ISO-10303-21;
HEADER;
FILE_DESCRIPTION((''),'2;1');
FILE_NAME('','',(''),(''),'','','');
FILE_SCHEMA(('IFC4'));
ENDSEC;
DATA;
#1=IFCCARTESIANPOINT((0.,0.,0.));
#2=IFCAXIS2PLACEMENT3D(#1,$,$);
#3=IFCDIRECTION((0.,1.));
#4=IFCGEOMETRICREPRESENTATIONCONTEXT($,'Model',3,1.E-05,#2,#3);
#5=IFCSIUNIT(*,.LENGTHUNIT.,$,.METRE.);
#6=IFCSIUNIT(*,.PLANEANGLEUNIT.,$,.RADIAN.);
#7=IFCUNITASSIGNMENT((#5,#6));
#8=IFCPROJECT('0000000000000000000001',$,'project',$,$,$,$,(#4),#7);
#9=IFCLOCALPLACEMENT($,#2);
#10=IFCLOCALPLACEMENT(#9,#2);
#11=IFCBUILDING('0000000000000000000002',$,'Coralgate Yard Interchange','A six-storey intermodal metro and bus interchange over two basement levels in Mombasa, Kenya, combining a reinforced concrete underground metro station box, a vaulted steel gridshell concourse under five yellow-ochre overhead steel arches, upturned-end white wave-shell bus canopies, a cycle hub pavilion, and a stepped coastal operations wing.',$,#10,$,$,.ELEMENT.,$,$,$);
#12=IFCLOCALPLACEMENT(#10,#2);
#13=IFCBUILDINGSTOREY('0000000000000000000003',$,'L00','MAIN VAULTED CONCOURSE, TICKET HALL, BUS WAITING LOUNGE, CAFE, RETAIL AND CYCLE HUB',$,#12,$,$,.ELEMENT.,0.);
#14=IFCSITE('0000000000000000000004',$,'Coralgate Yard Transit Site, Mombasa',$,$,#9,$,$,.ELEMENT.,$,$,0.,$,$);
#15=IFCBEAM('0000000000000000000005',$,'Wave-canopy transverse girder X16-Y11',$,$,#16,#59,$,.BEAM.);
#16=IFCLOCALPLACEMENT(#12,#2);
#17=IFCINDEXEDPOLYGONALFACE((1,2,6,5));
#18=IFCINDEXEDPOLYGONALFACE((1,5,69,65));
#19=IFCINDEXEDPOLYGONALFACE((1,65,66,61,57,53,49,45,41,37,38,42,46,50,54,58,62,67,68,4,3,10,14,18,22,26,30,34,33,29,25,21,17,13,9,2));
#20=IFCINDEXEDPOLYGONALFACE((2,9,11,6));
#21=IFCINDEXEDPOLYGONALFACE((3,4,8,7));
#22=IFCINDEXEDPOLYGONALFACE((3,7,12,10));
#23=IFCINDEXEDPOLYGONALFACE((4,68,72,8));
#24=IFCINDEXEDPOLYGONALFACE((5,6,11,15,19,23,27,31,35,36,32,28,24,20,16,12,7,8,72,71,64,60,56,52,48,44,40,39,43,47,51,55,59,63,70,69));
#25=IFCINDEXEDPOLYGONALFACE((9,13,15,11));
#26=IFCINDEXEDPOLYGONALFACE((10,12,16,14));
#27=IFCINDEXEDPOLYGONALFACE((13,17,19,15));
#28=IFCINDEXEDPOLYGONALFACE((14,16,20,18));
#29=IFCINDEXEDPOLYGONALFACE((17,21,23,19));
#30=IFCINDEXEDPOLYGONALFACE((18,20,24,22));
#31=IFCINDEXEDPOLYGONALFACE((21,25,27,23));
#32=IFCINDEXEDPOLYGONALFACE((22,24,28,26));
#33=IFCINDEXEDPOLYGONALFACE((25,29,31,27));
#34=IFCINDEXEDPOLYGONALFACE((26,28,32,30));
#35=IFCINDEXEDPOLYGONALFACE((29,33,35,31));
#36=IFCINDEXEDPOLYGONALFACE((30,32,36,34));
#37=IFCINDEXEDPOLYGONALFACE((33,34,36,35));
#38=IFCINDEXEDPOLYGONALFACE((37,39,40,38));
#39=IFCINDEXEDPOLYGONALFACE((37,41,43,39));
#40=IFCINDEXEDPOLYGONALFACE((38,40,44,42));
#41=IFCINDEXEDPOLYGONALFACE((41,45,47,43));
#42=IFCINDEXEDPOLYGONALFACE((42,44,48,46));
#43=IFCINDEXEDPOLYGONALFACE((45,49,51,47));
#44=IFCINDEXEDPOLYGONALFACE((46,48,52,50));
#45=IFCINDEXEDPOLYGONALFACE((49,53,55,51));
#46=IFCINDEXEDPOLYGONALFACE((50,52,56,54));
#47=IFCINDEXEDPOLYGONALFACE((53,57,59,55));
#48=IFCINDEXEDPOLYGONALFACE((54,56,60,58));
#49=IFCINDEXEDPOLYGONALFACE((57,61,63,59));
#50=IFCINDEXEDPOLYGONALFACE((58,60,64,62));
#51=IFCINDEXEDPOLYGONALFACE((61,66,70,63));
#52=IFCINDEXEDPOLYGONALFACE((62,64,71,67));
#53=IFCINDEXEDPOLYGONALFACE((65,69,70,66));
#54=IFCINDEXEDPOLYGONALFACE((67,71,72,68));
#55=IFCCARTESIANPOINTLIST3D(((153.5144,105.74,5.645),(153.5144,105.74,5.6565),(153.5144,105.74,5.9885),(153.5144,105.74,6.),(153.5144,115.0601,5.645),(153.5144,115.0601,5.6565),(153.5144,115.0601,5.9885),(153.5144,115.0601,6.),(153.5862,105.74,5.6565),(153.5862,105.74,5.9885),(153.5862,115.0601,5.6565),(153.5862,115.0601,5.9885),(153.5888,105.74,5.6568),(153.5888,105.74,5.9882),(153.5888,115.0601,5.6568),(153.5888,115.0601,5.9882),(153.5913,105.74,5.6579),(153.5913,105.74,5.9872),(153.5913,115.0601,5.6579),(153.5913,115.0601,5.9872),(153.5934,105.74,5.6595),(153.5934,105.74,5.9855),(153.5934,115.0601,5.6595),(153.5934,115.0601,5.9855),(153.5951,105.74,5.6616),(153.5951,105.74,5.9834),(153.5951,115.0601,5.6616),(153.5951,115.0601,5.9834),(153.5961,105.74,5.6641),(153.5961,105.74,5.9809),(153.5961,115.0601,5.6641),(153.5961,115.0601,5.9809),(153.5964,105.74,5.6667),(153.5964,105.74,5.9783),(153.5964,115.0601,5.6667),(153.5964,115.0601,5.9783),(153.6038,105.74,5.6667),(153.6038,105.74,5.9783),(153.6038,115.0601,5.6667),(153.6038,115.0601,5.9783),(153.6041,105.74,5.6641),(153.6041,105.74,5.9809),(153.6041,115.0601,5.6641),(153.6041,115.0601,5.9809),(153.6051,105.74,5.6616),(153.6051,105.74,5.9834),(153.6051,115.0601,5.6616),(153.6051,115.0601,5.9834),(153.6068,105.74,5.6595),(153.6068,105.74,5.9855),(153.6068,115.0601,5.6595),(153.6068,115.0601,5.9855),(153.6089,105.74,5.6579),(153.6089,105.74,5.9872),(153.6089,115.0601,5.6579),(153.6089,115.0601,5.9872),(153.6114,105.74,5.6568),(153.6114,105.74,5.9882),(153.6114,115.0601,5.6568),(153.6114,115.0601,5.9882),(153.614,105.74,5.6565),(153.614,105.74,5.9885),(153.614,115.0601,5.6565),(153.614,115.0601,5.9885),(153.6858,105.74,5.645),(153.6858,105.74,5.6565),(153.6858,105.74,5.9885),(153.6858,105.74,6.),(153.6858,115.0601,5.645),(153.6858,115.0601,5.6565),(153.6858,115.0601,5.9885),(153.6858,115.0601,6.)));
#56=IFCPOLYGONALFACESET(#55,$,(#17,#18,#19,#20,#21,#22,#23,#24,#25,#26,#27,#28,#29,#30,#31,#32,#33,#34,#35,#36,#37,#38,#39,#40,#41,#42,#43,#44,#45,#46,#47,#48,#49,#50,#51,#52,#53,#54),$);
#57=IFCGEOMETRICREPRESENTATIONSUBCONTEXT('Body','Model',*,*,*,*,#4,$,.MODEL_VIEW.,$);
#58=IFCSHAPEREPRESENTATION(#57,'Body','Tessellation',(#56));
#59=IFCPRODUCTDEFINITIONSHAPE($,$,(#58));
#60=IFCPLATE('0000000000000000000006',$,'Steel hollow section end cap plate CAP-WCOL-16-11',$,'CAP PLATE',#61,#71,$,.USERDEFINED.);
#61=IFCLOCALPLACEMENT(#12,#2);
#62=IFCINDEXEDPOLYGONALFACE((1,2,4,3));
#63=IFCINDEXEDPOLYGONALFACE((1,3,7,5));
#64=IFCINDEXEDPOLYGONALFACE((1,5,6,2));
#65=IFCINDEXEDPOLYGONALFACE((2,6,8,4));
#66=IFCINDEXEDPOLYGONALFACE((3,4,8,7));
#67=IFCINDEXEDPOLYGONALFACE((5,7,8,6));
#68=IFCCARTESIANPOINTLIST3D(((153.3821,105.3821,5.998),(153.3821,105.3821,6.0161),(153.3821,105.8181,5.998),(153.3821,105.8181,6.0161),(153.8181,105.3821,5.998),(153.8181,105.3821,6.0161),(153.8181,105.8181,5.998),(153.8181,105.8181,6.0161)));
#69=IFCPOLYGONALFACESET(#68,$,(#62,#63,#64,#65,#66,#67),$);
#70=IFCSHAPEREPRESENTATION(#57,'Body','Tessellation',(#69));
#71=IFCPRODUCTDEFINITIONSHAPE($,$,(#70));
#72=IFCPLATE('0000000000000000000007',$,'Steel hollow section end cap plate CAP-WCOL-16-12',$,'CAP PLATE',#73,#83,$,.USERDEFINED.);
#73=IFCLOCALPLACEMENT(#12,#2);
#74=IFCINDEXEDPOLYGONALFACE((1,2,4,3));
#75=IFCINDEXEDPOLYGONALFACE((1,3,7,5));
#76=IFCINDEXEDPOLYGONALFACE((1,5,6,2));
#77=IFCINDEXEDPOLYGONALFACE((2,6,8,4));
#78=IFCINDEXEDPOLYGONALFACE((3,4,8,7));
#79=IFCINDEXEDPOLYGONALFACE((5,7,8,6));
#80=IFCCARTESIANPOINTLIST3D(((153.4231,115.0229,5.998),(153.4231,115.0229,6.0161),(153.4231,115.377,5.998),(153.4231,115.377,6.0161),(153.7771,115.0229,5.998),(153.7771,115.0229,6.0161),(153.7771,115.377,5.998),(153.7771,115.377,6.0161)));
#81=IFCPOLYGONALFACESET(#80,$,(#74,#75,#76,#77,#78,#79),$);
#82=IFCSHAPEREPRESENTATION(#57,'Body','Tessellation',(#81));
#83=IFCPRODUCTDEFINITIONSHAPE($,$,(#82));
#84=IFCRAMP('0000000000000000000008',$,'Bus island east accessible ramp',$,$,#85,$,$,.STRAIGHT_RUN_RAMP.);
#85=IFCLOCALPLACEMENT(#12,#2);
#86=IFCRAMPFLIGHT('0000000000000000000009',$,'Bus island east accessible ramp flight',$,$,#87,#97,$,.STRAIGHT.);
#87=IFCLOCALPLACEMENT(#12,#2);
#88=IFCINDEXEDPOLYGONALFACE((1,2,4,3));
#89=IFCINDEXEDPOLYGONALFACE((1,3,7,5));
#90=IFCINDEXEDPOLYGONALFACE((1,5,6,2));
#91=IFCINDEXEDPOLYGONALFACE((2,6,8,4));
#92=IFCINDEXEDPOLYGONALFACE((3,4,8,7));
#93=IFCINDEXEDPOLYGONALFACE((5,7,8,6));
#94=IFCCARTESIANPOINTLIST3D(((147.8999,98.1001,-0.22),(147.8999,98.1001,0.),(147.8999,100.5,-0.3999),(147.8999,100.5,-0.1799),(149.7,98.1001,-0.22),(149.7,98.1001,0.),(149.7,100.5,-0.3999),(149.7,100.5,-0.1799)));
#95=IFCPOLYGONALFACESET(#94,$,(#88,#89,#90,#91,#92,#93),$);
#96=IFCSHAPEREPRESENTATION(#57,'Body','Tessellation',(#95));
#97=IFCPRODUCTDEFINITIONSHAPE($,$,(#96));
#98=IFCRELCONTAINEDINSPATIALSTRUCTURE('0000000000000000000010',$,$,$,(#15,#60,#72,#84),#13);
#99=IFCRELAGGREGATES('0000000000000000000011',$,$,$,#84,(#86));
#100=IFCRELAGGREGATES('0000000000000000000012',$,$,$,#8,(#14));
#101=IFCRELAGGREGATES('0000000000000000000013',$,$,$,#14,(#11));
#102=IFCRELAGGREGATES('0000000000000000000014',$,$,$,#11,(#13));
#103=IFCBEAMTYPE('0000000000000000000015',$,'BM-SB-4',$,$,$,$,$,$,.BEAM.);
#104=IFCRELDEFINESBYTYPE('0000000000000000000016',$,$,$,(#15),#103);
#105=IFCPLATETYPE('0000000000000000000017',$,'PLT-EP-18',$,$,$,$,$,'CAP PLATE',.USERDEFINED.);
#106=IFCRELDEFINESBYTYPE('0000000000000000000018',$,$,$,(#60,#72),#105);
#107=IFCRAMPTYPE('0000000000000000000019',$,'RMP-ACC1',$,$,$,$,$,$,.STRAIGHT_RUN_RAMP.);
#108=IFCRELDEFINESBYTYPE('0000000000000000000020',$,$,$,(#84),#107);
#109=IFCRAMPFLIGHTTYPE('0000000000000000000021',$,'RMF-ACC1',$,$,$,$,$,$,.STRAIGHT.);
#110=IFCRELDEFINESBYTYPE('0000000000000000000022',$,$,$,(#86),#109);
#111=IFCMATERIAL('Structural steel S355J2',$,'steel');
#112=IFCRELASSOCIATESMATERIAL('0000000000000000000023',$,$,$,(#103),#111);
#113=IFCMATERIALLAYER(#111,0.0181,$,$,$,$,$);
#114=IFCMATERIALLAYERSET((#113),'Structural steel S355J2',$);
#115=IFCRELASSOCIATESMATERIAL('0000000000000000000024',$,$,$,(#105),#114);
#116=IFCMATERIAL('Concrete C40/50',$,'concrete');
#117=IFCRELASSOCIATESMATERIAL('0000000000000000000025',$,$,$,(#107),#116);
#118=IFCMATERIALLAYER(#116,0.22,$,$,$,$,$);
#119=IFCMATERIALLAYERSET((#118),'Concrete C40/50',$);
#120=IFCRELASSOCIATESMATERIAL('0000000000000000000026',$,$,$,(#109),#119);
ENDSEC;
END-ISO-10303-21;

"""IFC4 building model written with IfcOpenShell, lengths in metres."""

from ifc_helpers import new_model, si_unit, direction, frame, origin, origin_2d, place, context, subcontext, project, spatial, polyline, rectangle, i_section, outline, extrude, material, layer, layer_set, material_profile, profile_set, type_object, element, aggregate, save


model = new_model("IFC4")

# Units and contexts
model_context = context("Model", 3, precision=1e-05, world=origin(), true_north=direction((0.0, 1.0)))
body_context = subcontext(model_context, "Body", "Model", "MODEL_VIEW")
ifc_project = project(units=[si_unit("LENGTHUNIT", "METRE"), si_unit("PLANEANGLEUNIT", "RADIAN")], contexts=[model_context])

# Site, building, storey
site_placement = place(None, origin())
site = spatial("IfcSite", under=ifc_project, at=site_placement, Name="Coralgate Yard Transit Site, Mombasa", CompositionType="ELEMENT", RefElevation=0.0)
building_placement = place(site_placement, origin())
building = spatial("IfcBuilding", under=site, at=building_placement, Name="Coralgate Yard Interchange", Description="A six-storey intermodal metro and bus interchange over two basement levels in Mombasa, Kenya, combining a reinforced concrete underground metro station box, a vaulted steel gridshell concourse under five yellow-ochre overhead steel arches, upturned-end white wave-shell bus canopies, a cycle hub pavilion, and a stepped coastal operations wing.", CompositionType="ELEMENT")
storey_placement = place(building_placement, origin())
storey = spatial("IfcBuildingStorey", under=building, at=storey_placement, Name="L00", Description="MAIN VAULTED CONCOURSE, TICKET HALL, BUS WAITING LOUNGE, CAFE, RETAIL AND CYCLE HUB", CompositionType="ELEMENT", Elevation=0.0)

# Shared definitions
ifc_material_1 = material(Name="Concrete C40/50", Category="concrete")

# Shared definitions
ifc_material_2 = material(Name="Structural steel S355J2", Category="steel")

# Beam
ifc_material_profile_1 = material_profile(ifc_material_2, i_section(OverallWidth=0.1714, OverallDepth=0.355, WebThickness=0.0073, FlangeThickness=0.0115, FilletRadius=0.0103, at=origin_2d()), Name="UB 356x171x51")
ifc_profile_set_1 = profile_set([ifc_material_profile_1], Name="Structural steel S355J2")
beam_type_1 = type_object("IfcBeamType", Name="BM-SB-4", PredefinedType="BEAM", material=ifc_profile_set_1)
for number, where, z_axis, x_axis, name in (
    (1, (153.6001, 105.74, 5.8225), (0.0, 1.0, 0.0), (-1.0, 0.0, 0.0), "Wave-canopy transverse girder X16-Y11"),
):
    element("IfcBeam", number, at=place(storey_placement, frame(where, z_axis=z_axis, x_axis=x_axis)), inside=storey, type_object=beam_type_1, Name=name, PredefinedType="BEAM", context=body_context, shape_type="SweptSolid", body=[
        extrude(i_section(OverallWidth=0.1714, OverallDepth=0.355, WebThickness=0.0073, FlangeThickness=0.0115, FilletRadius=0.0103, at=origin_2d()), origin(), (0.0, 0.0, 1.0), 9.3201),
    ])

# Plates
ifc_layer_1 = layer(ifc_material_2, 0.0181)
ifc_layer_set_1 = layer_set([ifc_layer_1], Name="Structural steel S355J2")
plate_type = type_object("IfcPlateType", Name="PLT-EP-18", ElementType="CAP PLATE", PredefinedType="USERDEFINED", material=ifc_layer_set_1)
plate_1_placement = place(storey_placement, frame((153.6001, 105.6001, 5.998), z_axis=(0.0, 0.0, 1.0), x_axis=(1.0, 0.0, 0.0)))
element("IfcPlate", 2, at=plate_1_placement, inside=storey, type_object=plate_type, Name="Steel hollow section end cap plate CAP-WCOL-16-11", ObjectType="CAP PLATE", PredefinedType="USERDEFINED", context=body_context, shape_type="SweptSolid", body=[
    extrude(rectangle(XDim=0.436, YDim=0.436, at=origin_2d()), origin(), (0.0, 0.0, 1.0), 0.0181),
])
plate_2_placement = place(storey_placement, frame((153.6001, 115.2, 5.998), z_axis=(0.0, 0.0, 1.0), x_axis=(1.0, 0.0, 0.0)))
element("IfcPlate", 3, at=plate_2_placement, inside=storey, type_object=plate_type, Name="Steel hollow section end cap plate CAP-WCOL-16-12", ObjectType="CAP PLATE", PredefinedType="USERDEFINED", context=body_context, shape_type="SweptSolid", body=[
    extrude(rectangle(XDim=0.354, YDim=0.354, at=origin_2d()), origin(), (0.0, 0.0, 1.0), 0.0181),
])

# Ramp, ramp flight
ramp_type = type_object("IfcRampType", Name="RMP-ACC1", PredefinedType="STRAIGHT_RUN_RAMP", material=ifc_material_1)
ramp_placement = place(storey_placement, origin())
ramp = element("IfcRamp", 4, at=ramp_placement, inside=storey, type_object=ramp_type, Name="Bus island east accessible ramp", PredefinedType="STRAIGHT_RUN_RAMP")
ifc_layer_2 = layer(ifc_material_1, 0.22)
ifc_layer_set_2 = layer_set([ifc_layer_2], Name="Concrete C40/50")
ramp_flight_type = type_object("IfcRampFlightType", Name="RMF-ACC1", PredefinedType="STRAIGHT", material=ifc_layer_set_2)
ramp_flight_placement = place(storey_placement, frame((148.8, 100.5, -0.1799), z_axis=(0.0, 0.0, 1.0), x_axis=(0.0, -1.0, 0.0)))
ramp_flight = element("IfcRampFlight", 5, at=ramp_flight_placement, type_object=ramp_flight_type, Name="Bus island east accessible ramp flight", PredefinedType="STRAIGHT", context=body_context, shape_type="SweptSolid", body=[
    extrude(outline(polyline([(0.0, 0.0), (2.3999, 0.1799), (2.3999, -0.04), (0.0, -0.22), (0.0, 0.0)])), frame((0.0, 0.8999, 0.0), z_axis=(0.0, -1.0, 0.0), x_axis=(1.0, 0.0, 0.0)), (0.0, 0.0, 1.0), 1.8),
])
aggregate(ramp, [ramp_flight])

save(model, "model.ifc")
